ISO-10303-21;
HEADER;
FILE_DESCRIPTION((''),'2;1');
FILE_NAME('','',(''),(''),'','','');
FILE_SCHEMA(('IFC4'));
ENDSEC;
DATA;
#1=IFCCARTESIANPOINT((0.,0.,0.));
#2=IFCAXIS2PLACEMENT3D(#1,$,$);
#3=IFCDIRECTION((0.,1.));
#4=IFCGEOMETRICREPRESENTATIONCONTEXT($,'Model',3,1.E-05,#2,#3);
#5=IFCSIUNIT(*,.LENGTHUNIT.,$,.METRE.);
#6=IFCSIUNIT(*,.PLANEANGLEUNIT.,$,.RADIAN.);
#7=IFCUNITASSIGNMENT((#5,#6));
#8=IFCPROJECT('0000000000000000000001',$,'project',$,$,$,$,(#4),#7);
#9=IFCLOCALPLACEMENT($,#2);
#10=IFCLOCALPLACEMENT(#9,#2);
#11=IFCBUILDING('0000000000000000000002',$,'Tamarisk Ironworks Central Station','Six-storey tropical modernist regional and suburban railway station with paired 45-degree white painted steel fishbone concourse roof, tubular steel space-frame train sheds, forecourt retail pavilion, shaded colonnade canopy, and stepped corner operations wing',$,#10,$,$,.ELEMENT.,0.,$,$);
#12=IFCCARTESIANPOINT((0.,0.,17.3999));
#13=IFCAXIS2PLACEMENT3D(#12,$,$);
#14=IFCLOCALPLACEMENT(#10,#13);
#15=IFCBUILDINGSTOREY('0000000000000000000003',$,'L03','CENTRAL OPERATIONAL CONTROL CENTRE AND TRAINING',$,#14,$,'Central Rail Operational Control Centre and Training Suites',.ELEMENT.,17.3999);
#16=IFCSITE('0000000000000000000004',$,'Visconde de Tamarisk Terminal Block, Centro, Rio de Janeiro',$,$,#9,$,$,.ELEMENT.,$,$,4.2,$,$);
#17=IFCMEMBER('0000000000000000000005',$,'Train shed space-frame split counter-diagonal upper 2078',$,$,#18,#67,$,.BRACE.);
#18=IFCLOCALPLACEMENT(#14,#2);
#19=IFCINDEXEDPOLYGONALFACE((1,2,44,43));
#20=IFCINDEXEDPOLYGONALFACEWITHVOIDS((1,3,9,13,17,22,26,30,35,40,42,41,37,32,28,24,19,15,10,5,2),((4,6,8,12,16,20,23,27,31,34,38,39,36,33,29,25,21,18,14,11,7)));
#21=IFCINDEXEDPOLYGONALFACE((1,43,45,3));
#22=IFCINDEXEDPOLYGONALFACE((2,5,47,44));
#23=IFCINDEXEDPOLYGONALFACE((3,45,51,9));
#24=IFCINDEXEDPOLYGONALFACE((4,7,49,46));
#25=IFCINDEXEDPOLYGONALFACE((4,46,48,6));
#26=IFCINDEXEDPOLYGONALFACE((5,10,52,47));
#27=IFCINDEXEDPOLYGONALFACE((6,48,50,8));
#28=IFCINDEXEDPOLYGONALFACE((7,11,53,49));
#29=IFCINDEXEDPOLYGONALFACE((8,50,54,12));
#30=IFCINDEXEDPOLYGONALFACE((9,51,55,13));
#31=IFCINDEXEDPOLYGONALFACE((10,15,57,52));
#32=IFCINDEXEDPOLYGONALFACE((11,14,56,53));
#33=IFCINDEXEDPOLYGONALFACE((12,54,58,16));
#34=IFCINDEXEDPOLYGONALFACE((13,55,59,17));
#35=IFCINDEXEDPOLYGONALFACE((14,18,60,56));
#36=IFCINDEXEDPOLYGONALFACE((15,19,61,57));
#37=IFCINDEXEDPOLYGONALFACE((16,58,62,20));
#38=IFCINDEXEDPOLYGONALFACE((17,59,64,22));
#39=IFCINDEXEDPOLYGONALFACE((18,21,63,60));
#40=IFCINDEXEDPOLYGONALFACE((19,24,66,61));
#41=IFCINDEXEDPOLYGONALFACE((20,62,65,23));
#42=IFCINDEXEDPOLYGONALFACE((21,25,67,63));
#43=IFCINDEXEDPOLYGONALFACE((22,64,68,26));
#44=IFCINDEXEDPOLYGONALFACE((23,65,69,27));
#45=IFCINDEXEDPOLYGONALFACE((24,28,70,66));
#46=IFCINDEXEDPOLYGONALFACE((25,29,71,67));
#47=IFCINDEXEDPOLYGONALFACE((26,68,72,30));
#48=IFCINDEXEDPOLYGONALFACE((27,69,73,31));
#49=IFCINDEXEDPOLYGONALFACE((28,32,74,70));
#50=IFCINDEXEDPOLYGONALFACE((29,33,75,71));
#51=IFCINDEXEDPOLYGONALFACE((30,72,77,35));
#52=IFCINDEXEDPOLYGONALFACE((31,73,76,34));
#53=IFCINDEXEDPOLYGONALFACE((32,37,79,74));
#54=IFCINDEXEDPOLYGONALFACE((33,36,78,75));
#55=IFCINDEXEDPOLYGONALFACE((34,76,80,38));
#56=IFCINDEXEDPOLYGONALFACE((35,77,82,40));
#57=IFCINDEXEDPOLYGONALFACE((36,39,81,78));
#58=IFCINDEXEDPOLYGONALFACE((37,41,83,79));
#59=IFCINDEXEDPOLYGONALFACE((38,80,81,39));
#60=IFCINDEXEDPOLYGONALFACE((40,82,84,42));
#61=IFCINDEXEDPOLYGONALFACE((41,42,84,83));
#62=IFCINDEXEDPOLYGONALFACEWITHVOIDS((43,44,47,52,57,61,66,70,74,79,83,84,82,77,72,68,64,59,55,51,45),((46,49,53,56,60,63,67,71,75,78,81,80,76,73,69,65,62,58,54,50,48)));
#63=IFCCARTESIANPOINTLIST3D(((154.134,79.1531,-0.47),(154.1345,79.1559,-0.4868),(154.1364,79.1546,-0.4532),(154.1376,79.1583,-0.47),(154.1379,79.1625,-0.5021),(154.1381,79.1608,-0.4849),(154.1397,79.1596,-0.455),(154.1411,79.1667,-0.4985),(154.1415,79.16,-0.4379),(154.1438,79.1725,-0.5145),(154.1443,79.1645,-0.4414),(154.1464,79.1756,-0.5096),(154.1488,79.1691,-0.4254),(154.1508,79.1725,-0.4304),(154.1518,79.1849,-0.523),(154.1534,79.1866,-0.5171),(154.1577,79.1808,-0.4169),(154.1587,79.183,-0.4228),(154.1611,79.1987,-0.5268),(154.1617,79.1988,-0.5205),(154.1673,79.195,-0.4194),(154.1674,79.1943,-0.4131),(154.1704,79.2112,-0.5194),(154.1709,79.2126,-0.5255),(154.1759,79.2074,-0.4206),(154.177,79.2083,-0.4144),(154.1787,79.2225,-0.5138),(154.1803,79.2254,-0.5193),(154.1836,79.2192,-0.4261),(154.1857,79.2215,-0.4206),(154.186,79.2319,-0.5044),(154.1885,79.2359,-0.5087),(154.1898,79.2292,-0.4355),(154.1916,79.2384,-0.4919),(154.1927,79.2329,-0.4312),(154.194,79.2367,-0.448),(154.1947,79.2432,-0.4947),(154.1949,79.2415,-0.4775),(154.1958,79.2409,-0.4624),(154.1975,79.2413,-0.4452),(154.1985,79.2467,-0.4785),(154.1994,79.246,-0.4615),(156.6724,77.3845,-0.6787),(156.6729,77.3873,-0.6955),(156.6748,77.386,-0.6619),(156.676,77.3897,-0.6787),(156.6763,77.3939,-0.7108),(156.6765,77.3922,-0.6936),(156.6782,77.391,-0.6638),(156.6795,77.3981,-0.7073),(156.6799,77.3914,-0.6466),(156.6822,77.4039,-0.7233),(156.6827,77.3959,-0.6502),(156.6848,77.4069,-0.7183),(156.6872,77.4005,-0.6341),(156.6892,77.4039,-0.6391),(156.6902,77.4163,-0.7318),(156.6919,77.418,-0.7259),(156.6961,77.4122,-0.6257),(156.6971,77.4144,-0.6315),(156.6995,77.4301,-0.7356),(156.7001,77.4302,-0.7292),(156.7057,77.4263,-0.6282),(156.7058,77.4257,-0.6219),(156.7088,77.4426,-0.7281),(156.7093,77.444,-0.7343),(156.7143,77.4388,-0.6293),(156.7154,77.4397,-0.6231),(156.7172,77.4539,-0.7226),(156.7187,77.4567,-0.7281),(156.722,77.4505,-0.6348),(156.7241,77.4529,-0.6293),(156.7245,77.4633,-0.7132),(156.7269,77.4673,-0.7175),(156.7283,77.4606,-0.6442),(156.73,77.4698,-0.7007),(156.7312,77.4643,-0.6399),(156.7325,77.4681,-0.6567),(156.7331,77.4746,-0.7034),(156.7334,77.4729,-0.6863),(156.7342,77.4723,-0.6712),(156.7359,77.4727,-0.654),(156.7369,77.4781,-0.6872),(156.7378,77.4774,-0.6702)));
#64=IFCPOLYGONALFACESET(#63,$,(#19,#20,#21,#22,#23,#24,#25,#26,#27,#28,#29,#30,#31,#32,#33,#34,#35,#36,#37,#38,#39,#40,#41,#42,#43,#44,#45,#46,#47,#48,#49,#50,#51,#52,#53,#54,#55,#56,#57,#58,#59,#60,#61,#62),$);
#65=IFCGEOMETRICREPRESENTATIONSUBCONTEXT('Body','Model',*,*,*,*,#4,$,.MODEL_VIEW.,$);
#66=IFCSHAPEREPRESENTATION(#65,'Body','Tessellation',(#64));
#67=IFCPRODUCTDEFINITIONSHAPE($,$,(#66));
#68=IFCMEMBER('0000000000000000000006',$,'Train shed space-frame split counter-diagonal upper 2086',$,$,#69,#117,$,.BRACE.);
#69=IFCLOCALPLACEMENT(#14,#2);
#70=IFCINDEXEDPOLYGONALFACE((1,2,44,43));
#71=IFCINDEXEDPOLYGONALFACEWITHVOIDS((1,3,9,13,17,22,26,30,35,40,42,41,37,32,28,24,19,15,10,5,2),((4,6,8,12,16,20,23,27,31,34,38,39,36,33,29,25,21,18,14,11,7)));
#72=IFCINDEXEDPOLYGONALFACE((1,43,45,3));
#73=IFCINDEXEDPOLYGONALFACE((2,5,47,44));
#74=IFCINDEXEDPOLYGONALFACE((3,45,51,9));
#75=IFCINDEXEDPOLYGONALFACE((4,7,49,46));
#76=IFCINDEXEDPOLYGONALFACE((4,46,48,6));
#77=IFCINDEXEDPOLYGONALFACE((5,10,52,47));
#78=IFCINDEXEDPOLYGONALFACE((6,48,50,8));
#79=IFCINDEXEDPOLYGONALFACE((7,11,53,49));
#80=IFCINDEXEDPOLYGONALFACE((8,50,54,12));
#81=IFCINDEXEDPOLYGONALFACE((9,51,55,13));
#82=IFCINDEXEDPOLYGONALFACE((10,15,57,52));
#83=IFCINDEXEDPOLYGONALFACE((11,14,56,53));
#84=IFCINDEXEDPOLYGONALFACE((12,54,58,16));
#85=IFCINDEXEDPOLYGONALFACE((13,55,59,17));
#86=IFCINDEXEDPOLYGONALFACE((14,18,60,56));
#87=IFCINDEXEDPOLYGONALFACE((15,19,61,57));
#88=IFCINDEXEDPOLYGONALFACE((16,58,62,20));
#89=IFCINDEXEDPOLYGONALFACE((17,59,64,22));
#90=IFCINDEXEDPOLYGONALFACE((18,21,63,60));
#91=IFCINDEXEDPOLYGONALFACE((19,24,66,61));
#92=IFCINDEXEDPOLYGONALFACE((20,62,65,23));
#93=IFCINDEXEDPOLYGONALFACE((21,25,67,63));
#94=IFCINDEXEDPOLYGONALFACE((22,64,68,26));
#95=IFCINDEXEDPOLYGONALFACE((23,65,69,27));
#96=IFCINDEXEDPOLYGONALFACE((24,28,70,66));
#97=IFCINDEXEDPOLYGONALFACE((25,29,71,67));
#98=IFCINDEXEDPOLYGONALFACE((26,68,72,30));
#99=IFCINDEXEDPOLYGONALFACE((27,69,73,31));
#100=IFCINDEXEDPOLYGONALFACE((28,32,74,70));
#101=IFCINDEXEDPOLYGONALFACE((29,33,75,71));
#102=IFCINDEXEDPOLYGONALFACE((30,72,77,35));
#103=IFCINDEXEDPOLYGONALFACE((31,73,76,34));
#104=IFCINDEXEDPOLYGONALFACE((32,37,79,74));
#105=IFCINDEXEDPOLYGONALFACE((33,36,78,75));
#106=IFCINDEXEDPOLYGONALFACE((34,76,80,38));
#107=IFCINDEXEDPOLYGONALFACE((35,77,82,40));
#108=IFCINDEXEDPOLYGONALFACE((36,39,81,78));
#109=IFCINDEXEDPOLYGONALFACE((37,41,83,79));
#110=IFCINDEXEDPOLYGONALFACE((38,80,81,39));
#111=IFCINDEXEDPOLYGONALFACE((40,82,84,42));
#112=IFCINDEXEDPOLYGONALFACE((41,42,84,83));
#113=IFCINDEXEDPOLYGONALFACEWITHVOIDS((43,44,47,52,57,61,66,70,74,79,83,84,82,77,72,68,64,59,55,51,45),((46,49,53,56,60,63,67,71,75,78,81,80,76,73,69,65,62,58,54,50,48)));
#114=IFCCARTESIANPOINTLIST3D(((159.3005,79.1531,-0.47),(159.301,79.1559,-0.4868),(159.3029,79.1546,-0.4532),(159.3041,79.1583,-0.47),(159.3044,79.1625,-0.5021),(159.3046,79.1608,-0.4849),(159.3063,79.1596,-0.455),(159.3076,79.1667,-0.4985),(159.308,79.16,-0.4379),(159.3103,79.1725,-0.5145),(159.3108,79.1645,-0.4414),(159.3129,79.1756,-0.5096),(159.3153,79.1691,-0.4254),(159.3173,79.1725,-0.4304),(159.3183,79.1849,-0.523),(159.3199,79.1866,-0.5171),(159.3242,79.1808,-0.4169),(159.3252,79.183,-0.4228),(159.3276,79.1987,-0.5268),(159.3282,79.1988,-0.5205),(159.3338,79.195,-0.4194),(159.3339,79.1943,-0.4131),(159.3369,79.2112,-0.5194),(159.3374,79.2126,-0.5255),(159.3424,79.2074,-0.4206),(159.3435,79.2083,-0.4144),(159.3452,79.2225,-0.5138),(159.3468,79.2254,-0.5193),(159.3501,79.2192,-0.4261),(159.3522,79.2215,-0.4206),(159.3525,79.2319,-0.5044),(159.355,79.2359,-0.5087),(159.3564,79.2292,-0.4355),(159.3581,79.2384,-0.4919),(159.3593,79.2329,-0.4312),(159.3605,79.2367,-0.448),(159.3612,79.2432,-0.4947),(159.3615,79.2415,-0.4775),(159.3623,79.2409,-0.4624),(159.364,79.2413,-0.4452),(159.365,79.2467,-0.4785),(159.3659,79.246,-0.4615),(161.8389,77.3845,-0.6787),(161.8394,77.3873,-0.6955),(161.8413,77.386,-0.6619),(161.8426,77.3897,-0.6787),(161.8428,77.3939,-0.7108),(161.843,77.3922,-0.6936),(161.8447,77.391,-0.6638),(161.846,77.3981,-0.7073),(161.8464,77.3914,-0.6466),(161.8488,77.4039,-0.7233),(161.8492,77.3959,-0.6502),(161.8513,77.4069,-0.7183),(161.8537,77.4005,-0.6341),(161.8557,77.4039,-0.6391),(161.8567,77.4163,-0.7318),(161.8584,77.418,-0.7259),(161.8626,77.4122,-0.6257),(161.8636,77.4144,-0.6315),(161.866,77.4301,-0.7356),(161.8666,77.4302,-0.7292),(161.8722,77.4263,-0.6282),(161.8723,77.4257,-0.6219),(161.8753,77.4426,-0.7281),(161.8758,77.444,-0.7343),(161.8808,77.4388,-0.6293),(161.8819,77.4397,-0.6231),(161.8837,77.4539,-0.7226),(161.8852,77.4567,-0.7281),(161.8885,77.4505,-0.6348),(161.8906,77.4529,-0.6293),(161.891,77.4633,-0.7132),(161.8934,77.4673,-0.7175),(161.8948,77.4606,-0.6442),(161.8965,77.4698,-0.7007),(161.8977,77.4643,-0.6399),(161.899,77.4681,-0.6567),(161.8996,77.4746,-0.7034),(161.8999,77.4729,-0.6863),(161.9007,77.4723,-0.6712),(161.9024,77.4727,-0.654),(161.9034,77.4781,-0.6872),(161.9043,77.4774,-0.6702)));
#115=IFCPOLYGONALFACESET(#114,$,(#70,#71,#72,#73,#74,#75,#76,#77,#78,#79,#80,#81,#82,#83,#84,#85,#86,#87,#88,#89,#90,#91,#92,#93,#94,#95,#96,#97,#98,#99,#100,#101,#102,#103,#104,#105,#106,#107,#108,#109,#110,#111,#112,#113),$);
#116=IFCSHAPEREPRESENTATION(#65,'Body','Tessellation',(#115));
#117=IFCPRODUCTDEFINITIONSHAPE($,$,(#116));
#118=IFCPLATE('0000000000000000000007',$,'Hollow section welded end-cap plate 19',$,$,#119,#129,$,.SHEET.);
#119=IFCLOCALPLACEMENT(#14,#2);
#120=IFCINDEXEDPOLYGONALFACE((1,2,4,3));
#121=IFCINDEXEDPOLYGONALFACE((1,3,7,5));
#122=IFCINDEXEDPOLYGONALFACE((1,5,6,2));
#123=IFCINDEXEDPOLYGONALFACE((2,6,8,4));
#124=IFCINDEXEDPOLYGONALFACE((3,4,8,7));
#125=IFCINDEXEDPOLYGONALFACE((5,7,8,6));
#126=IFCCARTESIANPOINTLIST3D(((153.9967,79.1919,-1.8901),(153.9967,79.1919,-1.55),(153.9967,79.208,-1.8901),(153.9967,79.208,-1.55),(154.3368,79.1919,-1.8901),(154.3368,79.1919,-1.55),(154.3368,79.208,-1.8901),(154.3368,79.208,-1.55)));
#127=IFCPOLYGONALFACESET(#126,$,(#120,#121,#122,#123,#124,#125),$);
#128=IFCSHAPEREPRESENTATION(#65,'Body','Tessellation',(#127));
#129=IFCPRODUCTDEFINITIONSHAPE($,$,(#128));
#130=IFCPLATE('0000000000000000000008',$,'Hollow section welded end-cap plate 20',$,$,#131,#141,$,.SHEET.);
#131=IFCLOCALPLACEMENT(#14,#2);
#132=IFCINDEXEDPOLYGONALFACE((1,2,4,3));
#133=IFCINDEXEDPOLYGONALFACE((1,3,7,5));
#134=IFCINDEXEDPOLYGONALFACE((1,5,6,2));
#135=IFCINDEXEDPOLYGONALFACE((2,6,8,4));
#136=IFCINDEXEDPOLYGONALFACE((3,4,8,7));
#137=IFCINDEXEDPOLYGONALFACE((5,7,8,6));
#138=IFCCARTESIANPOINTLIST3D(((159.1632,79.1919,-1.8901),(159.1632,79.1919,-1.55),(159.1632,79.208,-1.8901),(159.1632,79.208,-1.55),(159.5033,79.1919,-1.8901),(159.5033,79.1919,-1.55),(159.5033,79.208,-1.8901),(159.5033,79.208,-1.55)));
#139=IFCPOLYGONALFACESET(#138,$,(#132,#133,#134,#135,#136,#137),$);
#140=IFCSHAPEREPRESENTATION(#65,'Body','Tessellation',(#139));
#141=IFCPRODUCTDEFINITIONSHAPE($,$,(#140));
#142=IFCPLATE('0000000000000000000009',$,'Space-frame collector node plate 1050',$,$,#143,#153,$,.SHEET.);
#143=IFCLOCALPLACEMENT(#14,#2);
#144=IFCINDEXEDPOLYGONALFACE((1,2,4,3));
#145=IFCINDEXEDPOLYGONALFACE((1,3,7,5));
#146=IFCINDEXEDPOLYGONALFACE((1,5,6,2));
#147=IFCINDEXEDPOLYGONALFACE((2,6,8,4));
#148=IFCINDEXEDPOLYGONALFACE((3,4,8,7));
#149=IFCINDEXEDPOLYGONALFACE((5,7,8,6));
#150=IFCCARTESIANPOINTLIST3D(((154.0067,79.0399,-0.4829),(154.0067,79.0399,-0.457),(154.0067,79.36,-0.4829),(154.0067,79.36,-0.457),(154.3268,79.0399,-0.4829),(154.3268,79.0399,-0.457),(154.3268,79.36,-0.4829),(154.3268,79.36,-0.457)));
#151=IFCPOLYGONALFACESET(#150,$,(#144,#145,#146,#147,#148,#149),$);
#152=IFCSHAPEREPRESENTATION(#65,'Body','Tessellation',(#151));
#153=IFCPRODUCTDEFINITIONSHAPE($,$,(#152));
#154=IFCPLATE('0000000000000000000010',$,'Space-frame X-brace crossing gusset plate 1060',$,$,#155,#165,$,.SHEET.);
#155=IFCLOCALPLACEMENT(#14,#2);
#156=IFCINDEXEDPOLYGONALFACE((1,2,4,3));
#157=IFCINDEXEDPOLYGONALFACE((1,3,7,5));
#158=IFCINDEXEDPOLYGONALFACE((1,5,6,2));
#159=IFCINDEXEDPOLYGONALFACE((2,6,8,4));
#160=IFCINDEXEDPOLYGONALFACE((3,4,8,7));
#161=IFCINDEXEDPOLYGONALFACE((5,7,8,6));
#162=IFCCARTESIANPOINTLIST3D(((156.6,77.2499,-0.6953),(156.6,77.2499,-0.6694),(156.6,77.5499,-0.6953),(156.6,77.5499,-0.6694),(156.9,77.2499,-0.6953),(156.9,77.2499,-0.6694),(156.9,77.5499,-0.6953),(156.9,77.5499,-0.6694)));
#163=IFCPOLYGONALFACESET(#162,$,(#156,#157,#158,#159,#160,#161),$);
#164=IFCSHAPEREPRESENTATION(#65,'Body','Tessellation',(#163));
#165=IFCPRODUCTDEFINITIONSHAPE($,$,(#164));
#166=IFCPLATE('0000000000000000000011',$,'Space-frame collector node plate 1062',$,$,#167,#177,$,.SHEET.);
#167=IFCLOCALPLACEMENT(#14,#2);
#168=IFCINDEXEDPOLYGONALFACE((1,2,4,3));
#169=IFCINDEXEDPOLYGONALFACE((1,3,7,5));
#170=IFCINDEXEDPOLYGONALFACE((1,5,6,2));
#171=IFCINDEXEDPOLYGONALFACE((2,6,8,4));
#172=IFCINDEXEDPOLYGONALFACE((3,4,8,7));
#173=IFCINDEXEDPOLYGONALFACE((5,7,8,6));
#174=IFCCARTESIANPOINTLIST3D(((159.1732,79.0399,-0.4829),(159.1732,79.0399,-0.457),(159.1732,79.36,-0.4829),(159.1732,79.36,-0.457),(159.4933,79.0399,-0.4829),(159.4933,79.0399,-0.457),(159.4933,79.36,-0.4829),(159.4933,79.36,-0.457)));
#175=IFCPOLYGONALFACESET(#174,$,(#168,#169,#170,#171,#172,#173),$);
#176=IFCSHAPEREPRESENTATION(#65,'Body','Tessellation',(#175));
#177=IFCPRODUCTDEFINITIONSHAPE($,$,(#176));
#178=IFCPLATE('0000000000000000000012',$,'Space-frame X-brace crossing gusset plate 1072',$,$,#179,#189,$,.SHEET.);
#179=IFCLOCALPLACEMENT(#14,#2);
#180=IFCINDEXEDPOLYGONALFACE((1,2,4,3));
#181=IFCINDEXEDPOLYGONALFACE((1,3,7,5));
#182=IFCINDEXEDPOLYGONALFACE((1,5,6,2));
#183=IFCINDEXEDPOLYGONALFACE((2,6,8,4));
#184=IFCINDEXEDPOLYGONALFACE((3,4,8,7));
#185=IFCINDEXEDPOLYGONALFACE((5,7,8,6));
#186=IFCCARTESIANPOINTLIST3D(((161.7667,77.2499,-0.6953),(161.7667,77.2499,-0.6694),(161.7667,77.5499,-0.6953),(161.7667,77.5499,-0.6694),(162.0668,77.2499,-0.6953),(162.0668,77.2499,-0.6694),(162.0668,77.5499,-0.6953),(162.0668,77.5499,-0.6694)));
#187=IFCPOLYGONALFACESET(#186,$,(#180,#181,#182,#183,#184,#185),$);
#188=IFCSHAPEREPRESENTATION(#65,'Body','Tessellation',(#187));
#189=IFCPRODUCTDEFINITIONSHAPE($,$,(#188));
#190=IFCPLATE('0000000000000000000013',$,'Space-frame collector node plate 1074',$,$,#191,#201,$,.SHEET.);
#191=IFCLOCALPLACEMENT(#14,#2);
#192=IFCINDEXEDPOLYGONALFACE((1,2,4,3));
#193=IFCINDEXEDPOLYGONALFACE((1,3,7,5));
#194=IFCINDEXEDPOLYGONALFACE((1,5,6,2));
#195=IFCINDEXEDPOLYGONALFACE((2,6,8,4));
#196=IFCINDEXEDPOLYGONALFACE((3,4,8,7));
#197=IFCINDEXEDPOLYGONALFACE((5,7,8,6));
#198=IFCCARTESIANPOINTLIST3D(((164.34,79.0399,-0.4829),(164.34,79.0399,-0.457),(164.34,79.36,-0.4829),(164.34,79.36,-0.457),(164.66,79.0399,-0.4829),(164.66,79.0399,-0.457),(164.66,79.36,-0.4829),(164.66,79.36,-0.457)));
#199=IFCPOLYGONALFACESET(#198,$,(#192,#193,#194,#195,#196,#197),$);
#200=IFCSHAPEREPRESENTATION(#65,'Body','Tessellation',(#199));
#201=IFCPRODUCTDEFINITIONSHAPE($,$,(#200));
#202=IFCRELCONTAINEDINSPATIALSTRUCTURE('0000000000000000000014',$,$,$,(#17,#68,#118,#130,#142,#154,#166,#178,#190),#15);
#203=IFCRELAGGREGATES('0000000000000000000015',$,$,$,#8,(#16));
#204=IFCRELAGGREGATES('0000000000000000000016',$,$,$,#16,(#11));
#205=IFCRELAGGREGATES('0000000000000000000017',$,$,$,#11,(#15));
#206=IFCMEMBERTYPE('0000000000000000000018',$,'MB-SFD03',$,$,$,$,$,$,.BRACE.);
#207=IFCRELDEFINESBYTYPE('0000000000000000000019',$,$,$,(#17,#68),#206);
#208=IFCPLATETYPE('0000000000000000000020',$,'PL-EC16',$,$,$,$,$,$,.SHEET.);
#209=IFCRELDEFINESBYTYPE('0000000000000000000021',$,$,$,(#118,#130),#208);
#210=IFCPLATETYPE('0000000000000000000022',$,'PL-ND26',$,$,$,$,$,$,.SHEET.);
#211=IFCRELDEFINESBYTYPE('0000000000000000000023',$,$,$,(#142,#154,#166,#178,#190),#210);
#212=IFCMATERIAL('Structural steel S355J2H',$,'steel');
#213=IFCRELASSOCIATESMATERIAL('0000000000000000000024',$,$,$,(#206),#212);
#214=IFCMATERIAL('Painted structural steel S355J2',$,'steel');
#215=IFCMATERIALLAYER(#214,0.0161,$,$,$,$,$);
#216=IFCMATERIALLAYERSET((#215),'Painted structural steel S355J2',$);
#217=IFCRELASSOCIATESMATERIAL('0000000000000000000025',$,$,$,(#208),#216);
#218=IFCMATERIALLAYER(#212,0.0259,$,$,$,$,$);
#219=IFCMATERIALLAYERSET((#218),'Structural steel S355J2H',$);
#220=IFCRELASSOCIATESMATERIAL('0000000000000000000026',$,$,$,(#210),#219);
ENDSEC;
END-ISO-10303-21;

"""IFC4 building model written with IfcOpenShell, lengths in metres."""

from ifc_helpers import new_model, si_unit, direction, frame, origin, origin_2d, place, context, subcontext, project, spatial, rectangle, hollow_circle, extrude, material, layer, layer_set, material_profile, profile_set, type_object, element, save


model = new_model("IFC4")

# Units and contexts
model_context = context("Model", 3, precision=1e-05, world=origin(), true_north=direction((0.0, 1.0)))
body_context = subcontext(model_context, "Body", "Model", "MODEL_VIEW")
ifc_project = project(units=[si_unit("LENGTHUNIT", "METRE"), si_unit("PLANEANGLEUNIT", "RADIAN")], contexts=[model_context])

# Site, building, storey
site_placement = place(None, origin())
site = spatial("IfcSite", under=ifc_project, at=site_placement, Name="Visconde de Tamarisk Terminal Block, Centro, Rio de Janeiro", CompositionType="ELEMENT", RefElevation=4.2)
building_placement = place(site_placement, origin())
building = spatial("IfcBuilding", under=site, at=building_placement, Name="Tamarisk Ironworks Central Station", Description="Six-storey tropical modernist regional and suburban railway station with paired 45-degree white painted steel fishbone concourse roof, tubular steel space-frame train sheds, forecourt retail pavilion, shaded colonnade canopy, and stepped corner operations wing", CompositionType="ELEMENT", ElevationOfRefHeight=0.0)
storey_placement = place(building_placement, frame((0.0, 0.0, 17.3999)))
storey = spatial("IfcBuildingStorey", under=building, at=storey_placement, Name="L03", Description="CENTRAL OPERATIONAL CONTROL CENTRE AND TRAINING", LongName="Central Rail Operational Control Centre and Training Suites", CompositionType="ELEMENT", Elevation=17.3999)

# Members
ifc_material_1 = material(Name="Structural steel S355J2H", Category="steel")
ifc_material_profile_1 = material_profile(ifc_material_1, hollow_circle(Radius=0.0571, WallThickness=0.0063, at=origin_2d()), Name="CHS 114.3x6.3")
ifc_profile_set_1 = profile_set([ifc_material_profile_1], Name="Structural steel S355J2H")
member_type_1 = type_object("IfcMemberType", Name="MB-SFD03", PredefinedType="BRACE", material=ifc_profile_set_1)
for number, where, z_axis, x_axis, name in (
    (1, (156.7051, 77.4314, -0.6787), (-0.818625, 0.570369, 0.06732), (-0.571666, -0.820487, 0.0), "Train shed space-frame split counter-diagonal upper 2078"),
    (2, (161.8716, 77.4314, -0.6787), (-0.818625, 0.570369, 0.06732), (-0.571666, -0.820487, 0.0), "Train shed space-frame split counter-diagonal upper 2086"),
):
    element("IfcMember", number, at=place(storey_placement, frame(where, z_axis=z_axis, x_axis=x_axis)), inside=storey, type_object=member_type_1, Name=name, PredefinedType="BRACE", context=body_context, shape_type="SweptSolid", body=[
        extrude(hollow_circle(Radius=0.0571, WallThickness=0.0063, at=origin_2d()), origin(), (0.0, 0.0, 1.0), 3.1008),
    ])

# Plates
ifc_material_2 = material(Name="Painted structural steel S355J2", Category="steel")
ifc_layer_1 = layer(ifc_material_2, 0.0161)
ifc_layer_set_1 = layer_set([ifc_layer_1], Name="Painted structural steel S355J2")
plate_type_1 = type_object("IfcPlateType", Name="PL-EC16", PredefinedType="SHEET", material=ifc_layer_set_1)
for number, where, z_axis, x_axis, name in (
    (3, (154.1667, 79.2, -1.8901), (0.0, 0.0, 1.0), (1.0, 0.0, 0.0), "Hollow section welded end-cap plate 19"),
    (4, (159.3333, 79.2, -1.8901), (0.0, 0.0, 1.0), (1.0, 0.0, 0.0), "Hollow section welded end-cap plate 20"),
):
    element("IfcPlate", number, at=place(storey_placement, frame(where, z_axis=z_axis, x_axis=x_axis)), inside=storey, type_object=plate_type_1, Name=name, PredefinedType="SHEET", context=body_context, shape_type="SweptSolid", body=[
        extrude(rectangle(XDim=0.3401, YDim=0.0161, at=origin_2d()), origin(), (0.0, 0.0, 1.0), 0.3401),
    ])
ifc_layer_2 = layer(ifc_material_1, 0.0259)
ifc_layer_set_2 = layer_set([ifc_layer_2], Name="Structural steel S355J2H")
plate_type_2 = type_object("IfcPlateType", Name="PL-ND26", PredefinedType="SHEET", material=ifc_layer_set_2)
plate_1_placement = place(storey_placement, frame((154.1667, 79.2, -0.4829), z_axis=(0.0, 0.0, 1.0), x_axis=(1.0, 0.0, 0.0)))
element("IfcPlate", 5, at=plate_1_placement, inside=storey, type_object=plate_type_2, Name="Space-frame collector node plate 1050", PredefinedType="SHEET", context=body_context, shape_type="SweptSolid", body=[
    extrude(rectangle(XDim=0.3201, YDim=0.3201, at=origin_2d()), origin(), (0.0, 0.0, 1.0), 0.0259),
])
plate_2_placement = place(storey_placement, frame((156.75, 77.3999, -0.6953), z_axis=(0.0, 0.0, 1.0), x_axis=(1.0, 0.0, 0.0)))
element("IfcPlate", 6, at=plate_2_placement, inside=storey, type_object=plate_type_2, Name="Space-frame X-brace crossing gusset plate 1060", PredefinedType="SHEET", context=body_context, shape_type="SweptSolid", body=[
    extrude(rectangle(XDim=0.3, YDim=0.3, at=origin_2d()), origin(), (0.0, 0.0, 1.0), 0.0259),
])
plate_3_placement = place(storey_placement, frame((159.3333, 79.2, -0.4829), z_axis=(0.0, 0.0, 1.0), x_axis=(1.0, 0.0, 0.0)))
element("IfcPlate", 7, at=plate_3_placement, inside=storey, type_object=plate_type_2, Name="Space-frame collector node plate 1062", PredefinedType="SHEET", context=body_context, shape_type="SweptSolid", body=[
    extrude(rectangle(XDim=0.3201, YDim=0.3201, at=origin_2d()), origin(), (0.0, 0.0, 1.0), 0.0259),
])
plate_4_placement = place(storey_placement, frame((161.9167, 77.3999, -0.6953), z_axis=(0.0, 0.0, 1.0), x_axis=(1.0, 0.0, 0.0)))
element("IfcPlate", 8, at=plate_4_placement, inside=storey, type_object=plate_type_2, Name="Space-frame X-brace crossing gusset plate 1072", PredefinedType="SHEET", context=body_context, shape_type="SweptSolid", body=[
    extrude(rectangle(XDim=0.3, YDim=0.3, at=origin_2d()), origin(), (0.0, 0.0, 1.0), 0.0259),
])
plate_5_placement = place(storey_placement, frame((164.5, 79.2, -0.4829), z_axis=(0.0, 0.0, 1.0), x_axis=(1.0, 0.0, 0.0)))
element("IfcPlate", 9, at=plate_5_placement, inside=storey, type_object=plate_type_2, Name="Space-frame collector node plate 1074", PredefinedType="SHEET", context=body_context, shape_type="SweptSolid", body=[
    extrude(rectangle(XDim=0.3201, YDim=0.3201, at=origin_2d()), origin(), (0.0, 0.0, 1.0), 0.0259),
])

save(model, "model.ifc")
